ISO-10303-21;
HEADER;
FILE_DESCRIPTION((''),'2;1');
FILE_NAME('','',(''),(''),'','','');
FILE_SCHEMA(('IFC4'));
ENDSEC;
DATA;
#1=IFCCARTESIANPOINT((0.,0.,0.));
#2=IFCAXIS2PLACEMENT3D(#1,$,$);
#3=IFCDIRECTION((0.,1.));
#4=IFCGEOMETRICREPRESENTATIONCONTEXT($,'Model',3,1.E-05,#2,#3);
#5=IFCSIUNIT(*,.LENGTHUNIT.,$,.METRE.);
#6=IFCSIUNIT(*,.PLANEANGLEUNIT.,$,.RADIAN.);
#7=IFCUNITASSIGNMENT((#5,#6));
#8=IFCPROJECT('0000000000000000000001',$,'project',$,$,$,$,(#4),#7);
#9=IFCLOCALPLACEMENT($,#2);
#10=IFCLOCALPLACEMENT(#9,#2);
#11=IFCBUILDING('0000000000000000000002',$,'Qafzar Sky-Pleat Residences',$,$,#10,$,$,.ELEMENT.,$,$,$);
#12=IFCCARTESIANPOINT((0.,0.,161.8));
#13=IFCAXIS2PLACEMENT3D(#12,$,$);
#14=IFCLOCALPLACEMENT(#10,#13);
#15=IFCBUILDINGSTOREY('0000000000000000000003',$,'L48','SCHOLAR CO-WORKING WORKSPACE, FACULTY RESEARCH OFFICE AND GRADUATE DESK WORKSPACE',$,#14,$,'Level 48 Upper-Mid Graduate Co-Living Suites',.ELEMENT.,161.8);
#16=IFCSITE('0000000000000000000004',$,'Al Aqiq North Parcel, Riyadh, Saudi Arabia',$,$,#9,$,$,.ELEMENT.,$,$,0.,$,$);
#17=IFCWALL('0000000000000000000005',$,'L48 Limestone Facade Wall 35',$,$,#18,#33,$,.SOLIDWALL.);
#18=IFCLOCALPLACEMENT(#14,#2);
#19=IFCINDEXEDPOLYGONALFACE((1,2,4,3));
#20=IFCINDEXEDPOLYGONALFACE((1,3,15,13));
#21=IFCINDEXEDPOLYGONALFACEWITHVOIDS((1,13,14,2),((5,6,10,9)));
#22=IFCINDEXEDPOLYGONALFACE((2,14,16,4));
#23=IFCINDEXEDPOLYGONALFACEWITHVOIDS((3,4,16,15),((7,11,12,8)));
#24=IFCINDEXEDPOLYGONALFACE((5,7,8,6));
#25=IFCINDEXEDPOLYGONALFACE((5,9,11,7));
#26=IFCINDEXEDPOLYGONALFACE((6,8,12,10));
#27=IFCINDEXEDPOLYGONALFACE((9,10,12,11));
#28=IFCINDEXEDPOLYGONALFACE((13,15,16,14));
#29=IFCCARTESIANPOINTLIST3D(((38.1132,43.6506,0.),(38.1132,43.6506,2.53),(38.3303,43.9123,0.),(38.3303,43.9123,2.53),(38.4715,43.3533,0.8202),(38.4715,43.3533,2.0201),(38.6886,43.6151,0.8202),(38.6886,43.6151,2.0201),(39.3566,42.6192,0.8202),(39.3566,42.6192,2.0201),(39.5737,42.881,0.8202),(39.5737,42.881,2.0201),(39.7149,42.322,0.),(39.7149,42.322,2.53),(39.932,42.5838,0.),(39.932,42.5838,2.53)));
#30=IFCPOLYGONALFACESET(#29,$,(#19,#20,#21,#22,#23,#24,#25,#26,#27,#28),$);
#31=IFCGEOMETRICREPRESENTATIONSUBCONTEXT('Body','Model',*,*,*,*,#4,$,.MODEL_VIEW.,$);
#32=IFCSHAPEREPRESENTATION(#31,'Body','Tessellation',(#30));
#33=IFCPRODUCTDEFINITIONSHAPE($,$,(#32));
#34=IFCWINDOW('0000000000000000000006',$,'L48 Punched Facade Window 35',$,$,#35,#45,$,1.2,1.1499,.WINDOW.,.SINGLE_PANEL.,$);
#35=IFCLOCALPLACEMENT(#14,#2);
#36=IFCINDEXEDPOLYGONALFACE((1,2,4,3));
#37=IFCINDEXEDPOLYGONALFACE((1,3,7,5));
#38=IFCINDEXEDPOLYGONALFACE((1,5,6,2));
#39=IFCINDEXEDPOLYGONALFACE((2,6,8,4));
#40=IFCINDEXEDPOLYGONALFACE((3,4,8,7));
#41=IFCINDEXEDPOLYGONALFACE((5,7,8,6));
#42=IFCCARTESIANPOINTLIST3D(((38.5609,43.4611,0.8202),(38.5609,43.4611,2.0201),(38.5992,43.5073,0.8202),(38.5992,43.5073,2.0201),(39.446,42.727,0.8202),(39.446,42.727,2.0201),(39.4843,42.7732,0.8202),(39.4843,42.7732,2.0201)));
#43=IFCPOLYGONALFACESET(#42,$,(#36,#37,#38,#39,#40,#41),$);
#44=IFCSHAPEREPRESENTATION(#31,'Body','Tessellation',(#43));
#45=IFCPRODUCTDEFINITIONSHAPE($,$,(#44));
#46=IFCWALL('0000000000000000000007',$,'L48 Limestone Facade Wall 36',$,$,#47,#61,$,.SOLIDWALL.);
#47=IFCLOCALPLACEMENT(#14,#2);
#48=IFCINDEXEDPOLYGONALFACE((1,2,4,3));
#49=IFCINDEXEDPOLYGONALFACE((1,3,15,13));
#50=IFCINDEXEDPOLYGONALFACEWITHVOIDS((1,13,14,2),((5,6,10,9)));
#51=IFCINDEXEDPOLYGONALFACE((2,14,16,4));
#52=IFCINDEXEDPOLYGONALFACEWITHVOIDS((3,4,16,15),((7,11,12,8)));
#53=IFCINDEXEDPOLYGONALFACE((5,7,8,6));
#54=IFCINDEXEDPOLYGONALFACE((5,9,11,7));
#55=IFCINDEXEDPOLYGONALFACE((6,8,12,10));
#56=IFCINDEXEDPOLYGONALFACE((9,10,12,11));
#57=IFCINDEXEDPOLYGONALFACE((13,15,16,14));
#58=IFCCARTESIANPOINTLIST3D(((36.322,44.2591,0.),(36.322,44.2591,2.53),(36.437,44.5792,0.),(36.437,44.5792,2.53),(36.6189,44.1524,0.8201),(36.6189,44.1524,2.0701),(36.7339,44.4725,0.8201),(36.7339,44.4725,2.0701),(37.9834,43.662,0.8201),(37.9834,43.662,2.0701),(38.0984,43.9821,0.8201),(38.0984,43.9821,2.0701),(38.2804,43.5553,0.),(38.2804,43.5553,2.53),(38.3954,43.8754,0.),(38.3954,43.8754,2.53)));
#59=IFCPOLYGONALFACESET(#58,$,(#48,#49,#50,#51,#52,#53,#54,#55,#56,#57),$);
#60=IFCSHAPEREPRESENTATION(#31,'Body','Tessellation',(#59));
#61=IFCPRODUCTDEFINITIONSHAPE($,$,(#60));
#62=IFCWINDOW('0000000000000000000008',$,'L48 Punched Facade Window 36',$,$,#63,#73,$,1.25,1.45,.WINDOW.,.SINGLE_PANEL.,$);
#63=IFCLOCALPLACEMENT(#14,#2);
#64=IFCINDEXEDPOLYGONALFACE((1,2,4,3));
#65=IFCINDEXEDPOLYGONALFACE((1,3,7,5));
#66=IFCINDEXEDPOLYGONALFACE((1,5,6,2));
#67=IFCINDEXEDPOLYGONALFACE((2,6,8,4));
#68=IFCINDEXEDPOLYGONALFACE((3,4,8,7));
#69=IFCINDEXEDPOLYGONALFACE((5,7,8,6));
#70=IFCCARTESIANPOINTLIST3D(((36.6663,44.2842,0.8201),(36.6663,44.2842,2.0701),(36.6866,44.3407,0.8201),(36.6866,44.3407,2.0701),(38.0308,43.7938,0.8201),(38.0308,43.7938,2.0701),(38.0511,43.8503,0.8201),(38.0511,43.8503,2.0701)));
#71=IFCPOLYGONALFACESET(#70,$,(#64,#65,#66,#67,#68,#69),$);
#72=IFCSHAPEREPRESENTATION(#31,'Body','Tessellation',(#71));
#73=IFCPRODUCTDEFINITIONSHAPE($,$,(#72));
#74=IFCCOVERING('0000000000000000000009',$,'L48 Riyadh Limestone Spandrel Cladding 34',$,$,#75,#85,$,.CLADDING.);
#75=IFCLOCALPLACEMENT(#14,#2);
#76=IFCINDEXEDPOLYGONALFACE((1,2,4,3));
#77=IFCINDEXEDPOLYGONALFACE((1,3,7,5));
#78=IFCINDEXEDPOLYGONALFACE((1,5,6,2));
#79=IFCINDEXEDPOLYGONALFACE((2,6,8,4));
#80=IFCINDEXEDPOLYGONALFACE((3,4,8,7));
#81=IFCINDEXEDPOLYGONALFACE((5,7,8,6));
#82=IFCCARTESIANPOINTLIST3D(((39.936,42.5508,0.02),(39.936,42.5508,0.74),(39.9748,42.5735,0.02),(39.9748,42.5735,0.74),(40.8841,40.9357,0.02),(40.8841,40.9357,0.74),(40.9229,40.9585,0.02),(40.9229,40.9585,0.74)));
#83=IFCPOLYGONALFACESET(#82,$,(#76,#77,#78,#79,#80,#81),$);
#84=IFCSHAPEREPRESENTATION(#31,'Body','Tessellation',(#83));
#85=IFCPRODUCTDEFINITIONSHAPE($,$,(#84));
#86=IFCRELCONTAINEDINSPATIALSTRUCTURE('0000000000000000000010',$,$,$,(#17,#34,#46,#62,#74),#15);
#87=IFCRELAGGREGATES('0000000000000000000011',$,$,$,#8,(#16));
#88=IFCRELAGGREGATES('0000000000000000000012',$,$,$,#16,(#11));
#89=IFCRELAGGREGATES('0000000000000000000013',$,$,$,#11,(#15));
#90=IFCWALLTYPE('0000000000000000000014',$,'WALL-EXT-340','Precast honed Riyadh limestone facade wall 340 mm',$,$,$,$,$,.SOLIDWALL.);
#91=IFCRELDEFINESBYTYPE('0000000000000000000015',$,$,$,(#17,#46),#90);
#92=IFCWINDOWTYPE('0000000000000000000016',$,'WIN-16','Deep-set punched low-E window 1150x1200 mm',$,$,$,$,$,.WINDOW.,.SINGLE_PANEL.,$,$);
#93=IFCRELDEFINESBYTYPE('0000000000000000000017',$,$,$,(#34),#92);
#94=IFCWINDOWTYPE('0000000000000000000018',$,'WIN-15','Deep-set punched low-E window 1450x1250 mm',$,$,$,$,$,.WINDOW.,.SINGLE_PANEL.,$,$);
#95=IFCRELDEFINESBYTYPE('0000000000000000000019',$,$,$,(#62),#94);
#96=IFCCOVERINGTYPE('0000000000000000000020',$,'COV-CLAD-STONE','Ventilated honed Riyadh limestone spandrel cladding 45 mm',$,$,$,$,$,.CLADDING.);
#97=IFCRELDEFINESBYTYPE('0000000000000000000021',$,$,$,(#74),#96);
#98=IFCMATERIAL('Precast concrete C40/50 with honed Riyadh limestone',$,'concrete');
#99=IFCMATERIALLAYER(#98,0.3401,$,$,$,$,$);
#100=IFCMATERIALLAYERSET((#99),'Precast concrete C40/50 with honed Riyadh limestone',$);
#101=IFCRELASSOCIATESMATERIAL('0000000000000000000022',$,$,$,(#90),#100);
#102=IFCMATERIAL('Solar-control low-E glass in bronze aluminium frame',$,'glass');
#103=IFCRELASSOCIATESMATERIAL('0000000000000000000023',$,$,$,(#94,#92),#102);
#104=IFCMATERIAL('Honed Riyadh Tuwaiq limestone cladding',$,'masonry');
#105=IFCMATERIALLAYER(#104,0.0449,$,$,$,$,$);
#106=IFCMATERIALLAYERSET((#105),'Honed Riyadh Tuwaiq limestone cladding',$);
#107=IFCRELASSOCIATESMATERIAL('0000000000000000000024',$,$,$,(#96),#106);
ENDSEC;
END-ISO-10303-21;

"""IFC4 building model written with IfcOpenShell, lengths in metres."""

from ifc_helpers import new_model, si_unit, direction, frame, frame_2d, origin, origin_2d, place, context, subcontext, project, spatial, rectangle, extrude, source, transform, mapped, material, layer, layer_set, type_object, element, fill, save


model = new_model("IFC4")

# Units and contexts
model_context = context("Model", 3, precision=1e-05, world=origin(), true_north=direction((0.0, 1.0)))
body_context = subcontext(model_context, "Body", "Model", "MODEL_VIEW")
ifc_project = project(units=[si_unit("LENGTHUNIT", "METRE"), si_unit("PLANEANGLEUNIT", "RADIAN")], contexts=[model_context])

# Site, building, storey
site_placement = place(None, origin())
site = spatial("IfcSite", under=ifc_project, at=site_placement, Name="Al Aqiq North Parcel, Riyadh, Saudi Arabia", CompositionType="ELEMENT", RefElevation=0.0)
building_placement = place(site_placement, origin())
building = spatial("IfcBuilding", under=site, at=building_placement, Name="Qafzar Sky-Pleat Residences", CompositionType="ELEMENT")
storey_placement = place(building_placement, frame((0.0, 0.0, 161.8)))
storey = spatial("IfcBuildingStorey", under=building, at=storey_placement, Name="L48", Description="SCHOLAR CO-WORKING WORKSPACE, FACULTY RESEARCH OFFICE AND GRADUATE DESK WORKSPACE", LongName="Level 48 Upper-Mid Graduate Co-Living Suites", CompositionType="ELEMENT", Elevation=161.8)

# Shared definitions
ifc_material_1 = material(Name="Precast concrete C40/50 with honed Riyadh limestone", Category="concrete")
ifc_layer_1 = layer(ifc_material_1, 0.3401)
ifc_layer_set_1 = layer_set([ifc_layer_1], Name="Precast concrete C40/50 with honed Riyadh limestone")
wall_type_1 = type_object("IfcWallType", Name="WALL-EXT-340", Description="Precast honed Riyadh limestone facade wall 340 mm", PredefinedType="SOLIDWALL", material=ifc_layer_set_1)

# Walls, openings, windows
ifc_material_2 = material(Name="Solar-control low-E glass in bronze aluminium frame", Category="glass")
window_type_1 = type_object("IfcWindowType", Name="WIN-15", Description="Deep-set punched low-E window 1450x1250 mm", PartitioningType="SINGLE_PANEL", PredefinedType="WINDOW", material=ifc_material_2)
shared_shape_1 = source(origin(), body_context, "Body", "SweptSolid", [
    extrude(rectangle(XDim=1.45, YDim=1.25, at=frame_2d((0.7251, 0.625))), frame((0.0, 0.03, 0.0), z_axis=(0.0, -1.0, 0.0), x_axis=(1.0, 0.0, 0.0)), (0.0, 0.0, 1.0), 0.0601),
])
wall_1_placement = place(storey_placement, frame((39.8235, 42.4529, 0.0), z_axis=(0.0, 0.0, 1.0), x_axis=(-0.76969, 0.638417, 0.0)))
wall_1 = element("IfcWall", 1, at=wall_1_placement, inside=storey, type_object=wall_type_1, Name="L48 Limestone Facade Wall 35", PredefinedType="SOLIDWALL", context=body_context, shape_type="SweptSolid", body=[
    extrude(rectangle(XDim=2.0811, YDim=0.3401, at=frame_2d((1.0405, 0.0))), origin(), (0.0, 0.0, 1.0), 2.53),
])
opening_1_placement = place(wall_1_placement, frame((0.4656, 0.0, 0.8201)))
opening_1 = element("IfcOpeningElement", 2, at=opening_1_placement, cuts=wall_1, PredefinedType="OPENING", context=body_context, shape_type="SweptSolid", body=[
    extrude(rectangle(XDim=1.1499, YDim=1.2, at=frame_2d((0.575, 0.6001))), frame((0.0, 0.1802, 0.0), z_axis=(0.0, -1.0, 0.0), x_axis=(1.0, 0.0, 0.0)), (0.0, 0.0, 1.0), 0.3601),
])
window_type_2 = type_object("IfcWindowType", Name="WIN-16", Description="Deep-set punched low-E window 1150x1200 mm", PartitioningType="SINGLE_PANEL", PredefinedType="WINDOW", material=ifc_material_2)
shared_shape_2 = source(origin(), body_context, "Body", "SweptSolid", [
    extrude(rectangle(XDim=1.1499, YDim=1.2, at=frame_2d((0.575, 0.6001))), frame((0.0, 0.03, 0.0), z_axis=(0.0, -1.0, 0.0), x_axis=(1.0, 0.0, 0.0)), (0.0, 0.0, 1.0), 0.0601),
])
window_1_placement = place(opening_1_placement, origin())
window_1 = element("IfcWindow", 3, at=window_1_placement, inside=storey, type_object=window_type_2, Name="L48 Punched Facade Window 35", OverallHeight=1.2, OverallWidth=1.1499, PartitioningType="SINGLE_PANEL", PredefinedType="WINDOW", context=body_context, shape_type="MappedRepresentation", body=[
    mapped(shared_shape_2, transform((0.0, 0.0, 0.0), x_axis=(1.0, 0.0, 0.0), y_axis=(0.0, 1.0, 0.0), z_axis=(0.0, 0.0, 1.0), scale=1.0)),
])
fill(opening_1, window_1)
wall_2_placement = place(storey_placement, frame((38.3379, 43.7153, 0.0), z_axis=(0.0, 0.0, 1.0), x_axis=(-0.941071, 0.338208, 0.0)))
wall_2 = element("IfcWall", 4, at=wall_2_placement, inside=storey, type_object=wall_type_1, Name="L48 Limestone Facade Wall 36", PredefinedType="SOLIDWALL", context=body_context, shape_type="SweptSolid", body=[
    extrude(rectangle(XDim=2.0811, YDim=0.3401, at=frame_2d((1.0405, 0.0))), origin(), (0.0, 0.0, 1.0), 2.53),
])
opening_2_placement = place(wall_2_placement, frame((0.3154, 0.0, 0.8201)))
opening_2 = element("IfcOpeningElement", 5, at=opening_2_placement, cuts=wall_2, PredefinedType="OPENING", context=body_context, shape_type="SweptSolid", body=[
    extrude(rectangle(XDim=1.45, YDim=1.25, at=frame_2d((0.7251, 0.625))), frame((0.0, 0.1802, 0.0), z_axis=(0.0, -1.0, 0.0), x_axis=(1.0, 0.0, 0.0)), (0.0, 0.0, 1.0), 0.3601),
])
window_2_placement = place(opening_2_placement, origin())
window_2 = element("IfcWindow", 6, at=window_2_placement, inside=storey, type_object=window_type_1, Name="L48 Punched Facade Window 36", OverallHeight=1.25, OverallWidth=1.45, PartitioningType="SINGLE_PANEL", PredefinedType="WINDOW", context=body_context, shape_type="MappedRepresentation", body=[
    mapped(shared_shape_1, transform((0.0, 0.0, 0.0), x_axis=(1.0, 0.0, 0.0), y_axis=(0.0, 1.0, 0.0), z_axis=(0.0, 0.0, 1.0), scale=1.0)),
])
fill(opening_2, window_2)

# Covering
ifc_material_3 = material(Name="Honed Riyadh Tuwaiq limestone cladding", Category="masonry")
ifc_layer_2 = layer(ifc_material_3, 0.0449)
ifc_layer_set_2 = layer_set([ifc_layer_2], Name="Honed Riyadh Tuwaiq limestone cladding")
covering_type = type_object("IfcCoveringType", Name="COV-CLAD-STONE", Description="Ventilated honed Riyadh limestone spandrel cladding 45 mm", PredefinedType="CLADDING", material=ifc_layer_set_2)
shared_shape_3 = source(origin(), body_context, "Body", "SweptSolid", [
    extrude(rectangle(XDim=1.8728, YDim=0.0449, at=origin_2d()), origin(), (0.0, 0.0, 1.0), 0.72),
])
covering_placement = place(storey_placement, frame((40.4294, 41.7546, 0.02), z_axis=(0.0, 0.0, 1.0), x_axis=(-0.506253, 0.862385, 0.0)))
element("IfcCovering", 7, at=covering_placement, inside=storey, type_object=covering_type, Name="L48 Riyadh Limestone Spandrel Cladding 34", PredefinedType="CLADDING", context=body_context, shape_type="MappedRepresentation", body=[
    mapped(shared_shape_3, transform((0.0, 0.0, 0.0), x_axis=(1.0, 0.0, 0.0), y_axis=(0.0, 1.0, 0.0), z_axis=(0.0, 0.0, 1.0), scale=1.0)),
])

save(model, "model.ifc")
